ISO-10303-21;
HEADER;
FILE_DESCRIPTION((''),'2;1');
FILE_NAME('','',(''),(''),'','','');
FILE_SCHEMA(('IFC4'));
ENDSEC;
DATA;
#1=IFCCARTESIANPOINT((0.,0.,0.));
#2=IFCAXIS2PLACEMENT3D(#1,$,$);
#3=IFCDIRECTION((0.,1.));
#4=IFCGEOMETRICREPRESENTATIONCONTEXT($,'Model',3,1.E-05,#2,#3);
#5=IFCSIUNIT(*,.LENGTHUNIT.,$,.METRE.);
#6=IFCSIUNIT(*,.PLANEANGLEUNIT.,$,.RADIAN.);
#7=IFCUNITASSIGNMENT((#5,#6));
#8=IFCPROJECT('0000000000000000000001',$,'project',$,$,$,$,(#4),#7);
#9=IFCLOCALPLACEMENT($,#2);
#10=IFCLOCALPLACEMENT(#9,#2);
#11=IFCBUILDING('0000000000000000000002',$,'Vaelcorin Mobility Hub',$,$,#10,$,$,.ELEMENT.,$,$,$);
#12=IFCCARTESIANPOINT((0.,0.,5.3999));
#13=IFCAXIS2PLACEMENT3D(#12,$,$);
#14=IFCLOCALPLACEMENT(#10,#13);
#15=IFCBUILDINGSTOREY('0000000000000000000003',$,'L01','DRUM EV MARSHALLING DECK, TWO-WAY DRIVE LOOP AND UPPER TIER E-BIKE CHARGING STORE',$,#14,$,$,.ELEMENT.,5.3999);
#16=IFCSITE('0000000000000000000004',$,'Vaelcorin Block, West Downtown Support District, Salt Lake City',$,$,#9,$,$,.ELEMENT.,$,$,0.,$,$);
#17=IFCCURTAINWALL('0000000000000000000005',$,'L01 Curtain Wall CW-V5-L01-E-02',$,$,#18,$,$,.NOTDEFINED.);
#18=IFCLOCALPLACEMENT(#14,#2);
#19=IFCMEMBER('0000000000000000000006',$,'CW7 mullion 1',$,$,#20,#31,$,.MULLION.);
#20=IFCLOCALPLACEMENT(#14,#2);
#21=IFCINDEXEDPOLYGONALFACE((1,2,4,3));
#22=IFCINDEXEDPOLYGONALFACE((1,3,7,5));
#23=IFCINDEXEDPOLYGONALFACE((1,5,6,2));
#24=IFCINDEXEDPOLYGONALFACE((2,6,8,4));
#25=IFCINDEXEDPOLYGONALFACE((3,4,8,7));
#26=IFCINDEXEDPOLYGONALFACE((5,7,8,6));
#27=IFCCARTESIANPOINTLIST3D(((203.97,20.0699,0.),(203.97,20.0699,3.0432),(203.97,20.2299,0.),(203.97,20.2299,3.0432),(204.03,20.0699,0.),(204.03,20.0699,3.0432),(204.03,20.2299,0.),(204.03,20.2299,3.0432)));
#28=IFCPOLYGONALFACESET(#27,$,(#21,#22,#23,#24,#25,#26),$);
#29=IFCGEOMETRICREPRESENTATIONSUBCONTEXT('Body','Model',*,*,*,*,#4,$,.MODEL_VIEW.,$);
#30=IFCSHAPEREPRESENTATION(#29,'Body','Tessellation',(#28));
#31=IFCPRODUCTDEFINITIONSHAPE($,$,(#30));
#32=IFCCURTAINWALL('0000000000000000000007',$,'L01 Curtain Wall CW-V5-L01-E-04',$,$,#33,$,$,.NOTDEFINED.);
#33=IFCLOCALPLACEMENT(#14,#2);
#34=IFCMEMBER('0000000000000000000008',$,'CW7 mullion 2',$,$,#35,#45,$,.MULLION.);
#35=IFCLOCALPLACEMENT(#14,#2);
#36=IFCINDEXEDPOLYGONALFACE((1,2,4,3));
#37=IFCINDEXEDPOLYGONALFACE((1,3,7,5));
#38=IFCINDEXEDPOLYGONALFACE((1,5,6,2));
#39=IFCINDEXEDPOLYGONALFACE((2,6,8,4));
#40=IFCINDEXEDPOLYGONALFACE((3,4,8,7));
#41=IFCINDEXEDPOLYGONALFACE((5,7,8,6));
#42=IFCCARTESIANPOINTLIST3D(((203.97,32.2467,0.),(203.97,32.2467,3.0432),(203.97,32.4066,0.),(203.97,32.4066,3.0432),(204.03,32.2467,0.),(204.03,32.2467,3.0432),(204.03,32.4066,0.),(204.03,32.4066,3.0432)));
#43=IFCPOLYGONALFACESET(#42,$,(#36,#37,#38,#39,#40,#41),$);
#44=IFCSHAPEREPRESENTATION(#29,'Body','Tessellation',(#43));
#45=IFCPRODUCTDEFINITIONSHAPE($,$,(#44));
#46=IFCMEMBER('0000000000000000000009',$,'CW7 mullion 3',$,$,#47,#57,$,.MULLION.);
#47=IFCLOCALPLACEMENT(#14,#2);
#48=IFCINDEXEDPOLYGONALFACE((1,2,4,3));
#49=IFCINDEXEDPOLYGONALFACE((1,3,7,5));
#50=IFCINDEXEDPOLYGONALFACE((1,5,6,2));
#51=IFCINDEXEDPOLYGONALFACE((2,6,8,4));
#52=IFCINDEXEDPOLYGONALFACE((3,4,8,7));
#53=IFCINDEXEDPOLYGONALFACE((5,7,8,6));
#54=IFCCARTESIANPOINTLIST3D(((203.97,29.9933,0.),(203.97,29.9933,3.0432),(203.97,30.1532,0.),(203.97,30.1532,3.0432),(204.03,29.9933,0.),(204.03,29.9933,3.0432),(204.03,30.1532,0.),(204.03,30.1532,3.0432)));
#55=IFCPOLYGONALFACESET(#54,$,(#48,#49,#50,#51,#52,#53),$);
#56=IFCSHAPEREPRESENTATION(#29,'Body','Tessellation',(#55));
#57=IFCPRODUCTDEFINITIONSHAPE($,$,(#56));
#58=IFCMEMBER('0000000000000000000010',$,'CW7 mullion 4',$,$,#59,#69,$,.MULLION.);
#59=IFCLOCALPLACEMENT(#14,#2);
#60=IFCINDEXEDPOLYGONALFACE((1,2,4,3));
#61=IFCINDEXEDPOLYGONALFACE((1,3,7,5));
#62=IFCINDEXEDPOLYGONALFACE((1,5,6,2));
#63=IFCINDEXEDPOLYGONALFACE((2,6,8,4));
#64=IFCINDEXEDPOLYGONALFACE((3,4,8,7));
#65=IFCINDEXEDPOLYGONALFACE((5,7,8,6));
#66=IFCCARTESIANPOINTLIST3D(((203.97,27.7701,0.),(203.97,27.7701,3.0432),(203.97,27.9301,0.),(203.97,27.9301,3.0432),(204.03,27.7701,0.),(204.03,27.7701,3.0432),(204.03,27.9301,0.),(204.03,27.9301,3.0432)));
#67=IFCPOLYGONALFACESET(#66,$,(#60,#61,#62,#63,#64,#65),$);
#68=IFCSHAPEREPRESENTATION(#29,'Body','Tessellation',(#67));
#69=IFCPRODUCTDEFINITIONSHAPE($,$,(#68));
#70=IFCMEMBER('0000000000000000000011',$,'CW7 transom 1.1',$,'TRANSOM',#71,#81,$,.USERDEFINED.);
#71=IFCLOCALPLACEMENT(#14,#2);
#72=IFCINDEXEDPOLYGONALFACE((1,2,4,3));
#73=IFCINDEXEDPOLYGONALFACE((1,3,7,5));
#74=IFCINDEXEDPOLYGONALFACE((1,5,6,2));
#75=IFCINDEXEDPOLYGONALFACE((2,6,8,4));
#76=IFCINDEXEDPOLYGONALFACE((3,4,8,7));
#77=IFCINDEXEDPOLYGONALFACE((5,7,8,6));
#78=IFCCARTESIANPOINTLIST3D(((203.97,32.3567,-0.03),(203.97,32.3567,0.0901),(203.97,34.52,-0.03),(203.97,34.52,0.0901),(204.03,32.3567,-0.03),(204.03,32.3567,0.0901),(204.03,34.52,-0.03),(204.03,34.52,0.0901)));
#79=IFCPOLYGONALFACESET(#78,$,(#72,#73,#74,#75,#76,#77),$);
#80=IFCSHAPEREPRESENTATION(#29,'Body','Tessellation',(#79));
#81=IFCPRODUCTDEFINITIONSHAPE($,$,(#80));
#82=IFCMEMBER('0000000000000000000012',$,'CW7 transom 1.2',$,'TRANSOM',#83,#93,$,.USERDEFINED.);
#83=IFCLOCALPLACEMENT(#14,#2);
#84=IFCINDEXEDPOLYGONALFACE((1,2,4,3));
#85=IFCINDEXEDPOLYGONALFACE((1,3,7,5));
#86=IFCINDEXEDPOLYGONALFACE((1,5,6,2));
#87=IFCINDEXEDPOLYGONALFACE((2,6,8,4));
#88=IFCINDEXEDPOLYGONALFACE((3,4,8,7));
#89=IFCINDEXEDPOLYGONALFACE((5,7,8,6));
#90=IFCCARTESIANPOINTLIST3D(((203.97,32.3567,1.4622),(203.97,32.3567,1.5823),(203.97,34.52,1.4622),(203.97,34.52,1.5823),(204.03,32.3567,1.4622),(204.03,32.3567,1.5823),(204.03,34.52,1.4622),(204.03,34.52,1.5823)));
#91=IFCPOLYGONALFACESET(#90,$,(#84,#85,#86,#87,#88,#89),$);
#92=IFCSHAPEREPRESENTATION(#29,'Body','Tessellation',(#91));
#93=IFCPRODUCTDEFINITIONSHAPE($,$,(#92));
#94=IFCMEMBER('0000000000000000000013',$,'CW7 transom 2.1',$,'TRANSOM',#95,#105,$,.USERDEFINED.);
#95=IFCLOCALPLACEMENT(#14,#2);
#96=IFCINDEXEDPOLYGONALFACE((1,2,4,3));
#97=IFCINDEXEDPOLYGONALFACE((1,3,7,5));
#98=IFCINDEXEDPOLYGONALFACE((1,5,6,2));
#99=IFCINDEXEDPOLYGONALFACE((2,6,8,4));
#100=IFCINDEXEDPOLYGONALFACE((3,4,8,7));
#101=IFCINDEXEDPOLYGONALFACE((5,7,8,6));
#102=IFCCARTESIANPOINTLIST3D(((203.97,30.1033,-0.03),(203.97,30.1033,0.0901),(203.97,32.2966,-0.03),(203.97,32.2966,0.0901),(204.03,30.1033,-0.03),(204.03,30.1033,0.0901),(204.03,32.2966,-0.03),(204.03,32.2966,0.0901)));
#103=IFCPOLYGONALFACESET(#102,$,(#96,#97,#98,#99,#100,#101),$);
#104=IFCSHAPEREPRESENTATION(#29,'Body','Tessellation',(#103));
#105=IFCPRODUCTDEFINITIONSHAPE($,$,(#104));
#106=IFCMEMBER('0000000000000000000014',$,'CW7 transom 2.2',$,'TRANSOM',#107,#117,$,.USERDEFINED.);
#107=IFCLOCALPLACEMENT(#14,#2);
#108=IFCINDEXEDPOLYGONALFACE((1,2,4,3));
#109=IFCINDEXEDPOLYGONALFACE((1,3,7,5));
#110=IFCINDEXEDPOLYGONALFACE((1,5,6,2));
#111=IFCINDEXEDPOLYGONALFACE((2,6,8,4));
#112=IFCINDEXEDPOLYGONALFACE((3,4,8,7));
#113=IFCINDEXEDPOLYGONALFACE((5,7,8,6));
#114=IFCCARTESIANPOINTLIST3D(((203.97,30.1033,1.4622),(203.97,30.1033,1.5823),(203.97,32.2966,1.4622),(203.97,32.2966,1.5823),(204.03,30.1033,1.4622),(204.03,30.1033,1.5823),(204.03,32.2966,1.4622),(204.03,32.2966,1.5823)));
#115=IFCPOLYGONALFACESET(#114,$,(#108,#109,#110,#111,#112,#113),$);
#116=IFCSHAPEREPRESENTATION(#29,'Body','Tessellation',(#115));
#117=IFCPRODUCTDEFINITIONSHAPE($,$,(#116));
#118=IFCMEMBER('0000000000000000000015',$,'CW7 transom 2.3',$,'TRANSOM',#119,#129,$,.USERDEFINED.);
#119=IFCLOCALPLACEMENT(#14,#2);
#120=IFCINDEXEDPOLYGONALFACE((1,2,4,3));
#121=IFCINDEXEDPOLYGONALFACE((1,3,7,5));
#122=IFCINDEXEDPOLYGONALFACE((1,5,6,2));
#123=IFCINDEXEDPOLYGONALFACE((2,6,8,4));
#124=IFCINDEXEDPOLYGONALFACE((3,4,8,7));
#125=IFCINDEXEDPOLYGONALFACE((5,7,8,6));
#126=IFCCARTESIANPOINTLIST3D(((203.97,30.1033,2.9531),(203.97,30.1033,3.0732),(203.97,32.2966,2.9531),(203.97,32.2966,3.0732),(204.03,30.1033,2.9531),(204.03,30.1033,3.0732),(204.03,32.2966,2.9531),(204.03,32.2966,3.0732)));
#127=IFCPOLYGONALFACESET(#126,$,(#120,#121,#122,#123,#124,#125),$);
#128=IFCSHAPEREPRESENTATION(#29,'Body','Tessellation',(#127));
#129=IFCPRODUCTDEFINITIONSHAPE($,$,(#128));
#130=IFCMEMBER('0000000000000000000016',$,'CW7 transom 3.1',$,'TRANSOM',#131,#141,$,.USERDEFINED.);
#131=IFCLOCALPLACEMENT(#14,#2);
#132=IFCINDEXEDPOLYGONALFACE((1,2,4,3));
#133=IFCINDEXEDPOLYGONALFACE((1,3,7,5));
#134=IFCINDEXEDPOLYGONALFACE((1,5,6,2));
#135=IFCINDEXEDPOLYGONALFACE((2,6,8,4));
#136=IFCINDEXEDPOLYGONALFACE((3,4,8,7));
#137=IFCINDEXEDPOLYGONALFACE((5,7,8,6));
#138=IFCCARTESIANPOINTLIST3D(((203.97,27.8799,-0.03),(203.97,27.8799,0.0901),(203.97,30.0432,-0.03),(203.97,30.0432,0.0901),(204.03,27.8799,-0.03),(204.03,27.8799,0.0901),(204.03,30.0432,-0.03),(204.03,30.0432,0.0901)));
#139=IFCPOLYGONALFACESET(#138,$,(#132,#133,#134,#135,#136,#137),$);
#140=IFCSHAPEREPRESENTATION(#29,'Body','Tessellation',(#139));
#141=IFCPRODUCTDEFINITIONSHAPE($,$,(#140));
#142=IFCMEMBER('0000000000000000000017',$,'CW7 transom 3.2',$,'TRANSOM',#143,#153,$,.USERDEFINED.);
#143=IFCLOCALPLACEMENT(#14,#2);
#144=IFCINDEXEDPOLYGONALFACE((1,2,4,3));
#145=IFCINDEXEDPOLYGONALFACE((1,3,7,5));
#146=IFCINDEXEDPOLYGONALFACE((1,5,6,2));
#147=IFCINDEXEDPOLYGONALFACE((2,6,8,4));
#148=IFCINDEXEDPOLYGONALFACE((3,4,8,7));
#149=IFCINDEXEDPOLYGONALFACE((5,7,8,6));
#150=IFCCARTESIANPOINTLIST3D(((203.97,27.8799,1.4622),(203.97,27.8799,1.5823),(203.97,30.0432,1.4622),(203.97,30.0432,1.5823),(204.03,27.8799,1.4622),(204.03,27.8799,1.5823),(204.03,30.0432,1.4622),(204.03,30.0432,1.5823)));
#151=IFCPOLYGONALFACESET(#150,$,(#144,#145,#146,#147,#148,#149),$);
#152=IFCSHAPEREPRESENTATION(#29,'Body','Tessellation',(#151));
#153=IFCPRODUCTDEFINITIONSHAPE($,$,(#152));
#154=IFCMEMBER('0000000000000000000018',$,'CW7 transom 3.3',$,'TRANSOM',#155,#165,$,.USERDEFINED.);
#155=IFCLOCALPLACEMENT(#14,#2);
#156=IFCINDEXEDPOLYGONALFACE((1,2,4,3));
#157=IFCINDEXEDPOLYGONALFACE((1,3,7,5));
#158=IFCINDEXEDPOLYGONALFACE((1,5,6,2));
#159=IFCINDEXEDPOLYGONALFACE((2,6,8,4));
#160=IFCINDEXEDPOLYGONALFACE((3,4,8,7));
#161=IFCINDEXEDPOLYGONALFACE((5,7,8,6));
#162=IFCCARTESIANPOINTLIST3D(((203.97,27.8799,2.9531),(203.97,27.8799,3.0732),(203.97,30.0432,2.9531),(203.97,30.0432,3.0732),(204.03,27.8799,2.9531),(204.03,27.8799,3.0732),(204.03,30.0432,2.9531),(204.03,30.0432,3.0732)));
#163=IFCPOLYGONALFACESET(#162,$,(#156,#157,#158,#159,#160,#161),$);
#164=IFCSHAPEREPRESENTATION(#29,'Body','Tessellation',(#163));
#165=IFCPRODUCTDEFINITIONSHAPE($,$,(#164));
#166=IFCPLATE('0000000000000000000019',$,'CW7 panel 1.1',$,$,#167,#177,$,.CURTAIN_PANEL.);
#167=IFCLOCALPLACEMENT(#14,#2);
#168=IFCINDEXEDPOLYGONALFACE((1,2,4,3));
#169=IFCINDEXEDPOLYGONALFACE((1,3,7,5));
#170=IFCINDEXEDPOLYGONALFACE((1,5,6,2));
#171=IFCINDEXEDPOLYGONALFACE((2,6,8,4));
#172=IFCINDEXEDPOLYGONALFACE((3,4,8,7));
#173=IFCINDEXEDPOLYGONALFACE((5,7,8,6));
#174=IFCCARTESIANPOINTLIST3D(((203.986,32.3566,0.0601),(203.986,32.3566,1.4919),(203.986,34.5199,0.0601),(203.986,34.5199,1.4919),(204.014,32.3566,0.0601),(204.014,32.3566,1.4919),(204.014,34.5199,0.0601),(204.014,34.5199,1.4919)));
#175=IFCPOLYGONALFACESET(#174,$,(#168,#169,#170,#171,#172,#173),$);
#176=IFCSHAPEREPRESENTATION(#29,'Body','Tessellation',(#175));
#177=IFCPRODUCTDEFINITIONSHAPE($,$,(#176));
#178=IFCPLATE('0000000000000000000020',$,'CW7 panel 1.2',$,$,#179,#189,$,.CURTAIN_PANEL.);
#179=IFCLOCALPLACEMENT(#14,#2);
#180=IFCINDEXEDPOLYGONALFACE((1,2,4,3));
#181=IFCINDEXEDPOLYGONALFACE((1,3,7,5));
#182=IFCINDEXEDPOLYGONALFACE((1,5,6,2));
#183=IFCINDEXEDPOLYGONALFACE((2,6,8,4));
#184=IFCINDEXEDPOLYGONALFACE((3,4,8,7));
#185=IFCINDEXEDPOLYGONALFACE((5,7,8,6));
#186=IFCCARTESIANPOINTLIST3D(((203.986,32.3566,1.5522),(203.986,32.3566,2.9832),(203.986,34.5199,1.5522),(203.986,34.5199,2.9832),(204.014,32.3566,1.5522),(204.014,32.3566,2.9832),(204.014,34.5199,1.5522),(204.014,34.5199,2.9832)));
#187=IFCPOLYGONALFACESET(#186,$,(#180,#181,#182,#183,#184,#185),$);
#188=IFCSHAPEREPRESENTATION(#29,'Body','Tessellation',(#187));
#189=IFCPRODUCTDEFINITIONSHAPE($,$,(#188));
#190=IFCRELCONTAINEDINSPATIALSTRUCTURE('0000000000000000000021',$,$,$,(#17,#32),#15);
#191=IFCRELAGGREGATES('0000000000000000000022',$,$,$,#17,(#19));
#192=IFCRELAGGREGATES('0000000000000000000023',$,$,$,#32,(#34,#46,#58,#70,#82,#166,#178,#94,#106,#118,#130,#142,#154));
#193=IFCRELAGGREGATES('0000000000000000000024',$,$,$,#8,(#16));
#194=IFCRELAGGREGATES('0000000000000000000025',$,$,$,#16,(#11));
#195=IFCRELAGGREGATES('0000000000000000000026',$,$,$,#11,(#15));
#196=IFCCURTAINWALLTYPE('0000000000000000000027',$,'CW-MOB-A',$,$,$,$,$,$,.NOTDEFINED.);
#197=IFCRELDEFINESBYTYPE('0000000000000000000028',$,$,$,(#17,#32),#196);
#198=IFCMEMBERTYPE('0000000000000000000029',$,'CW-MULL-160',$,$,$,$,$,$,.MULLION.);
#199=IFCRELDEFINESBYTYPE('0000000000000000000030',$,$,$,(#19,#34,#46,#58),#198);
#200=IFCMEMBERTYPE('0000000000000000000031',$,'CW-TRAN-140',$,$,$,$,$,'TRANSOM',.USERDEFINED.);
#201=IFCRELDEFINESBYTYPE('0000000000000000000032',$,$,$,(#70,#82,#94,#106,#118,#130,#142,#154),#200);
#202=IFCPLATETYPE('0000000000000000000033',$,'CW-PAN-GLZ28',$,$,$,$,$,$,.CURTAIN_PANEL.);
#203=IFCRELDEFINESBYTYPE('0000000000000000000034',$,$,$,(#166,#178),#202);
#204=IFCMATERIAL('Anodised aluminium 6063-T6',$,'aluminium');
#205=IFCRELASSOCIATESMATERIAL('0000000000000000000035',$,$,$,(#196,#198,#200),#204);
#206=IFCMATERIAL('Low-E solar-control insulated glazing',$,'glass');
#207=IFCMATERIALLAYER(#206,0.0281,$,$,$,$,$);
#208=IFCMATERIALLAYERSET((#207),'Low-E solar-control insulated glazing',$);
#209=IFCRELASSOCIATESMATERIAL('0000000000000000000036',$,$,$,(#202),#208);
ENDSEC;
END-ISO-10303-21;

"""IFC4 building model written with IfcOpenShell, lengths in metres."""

from ifc_helpers import new_model, si_unit, direction, frame, origin, origin_2d, place, context, subcontext, project, spatial, rectangle, extrude, material, layer, layer_set, material_profile, profile_set, type_object, element, aggregate, save


model = new_model("IFC4")

# Units and contexts
model_context = context("Model", 3, precision=1e-05, world=origin(), true_north=direction((0.0, 1.0)))
body_context = subcontext(model_context, "Body", "Model", "MODEL_VIEW")
ifc_project = project(units=[si_unit("LENGTHUNIT", "METRE"), si_unit("PLANEANGLEUNIT", "RADIAN")], contexts=[model_context])

# Site, building, storey
site_placement = place(None, origin())
site = spatial("IfcSite", under=ifc_project, at=site_placement, Name="Vaelcorin Block, West Downtown Support District, Salt Lake City", CompositionType="ELEMENT", RefElevation=0.0)
building_placement = place(site_placement, origin())
building = spatial("IfcBuilding", under=site, at=building_placement, Name="Vaelcorin Mobility Hub", CompositionType="ELEMENT")
storey_placement = place(building_placement, frame((0.0, 0.0, 5.3999)))
storey = spatial("IfcBuildingStorey", under=building, at=storey_placement, Name="L01", Description="DRUM EV MARSHALLING DECK, TWO-WAY DRIVE LOOP AND UPPER TIER E-BIKE CHARGING STORE", CompositionType="ELEMENT", Elevation=5.3999)

# Curtain wall, member
ifc_material_1 = material(Name="Anodised aluminium 6063-T6", Category="aluminium")
curtain_wall_type = type_object("IfcCurtainWallType", Name="CW-MOB-A", PredefinedType="NOTDEFINED", material=ifc_material_1)
curtain_wall_1_placement = place(storey_placement, origin())
curtain_wall_1 = element("IfcCurtainWall", 1, at=curtain_wall_1_placement, inside=storey, type_object=curtain_wall_type, Name="L01 Curtain Wall CW-V5-L01-E-02", PredefinedType="NOTDEFINED")
ifc_material_profile_1 = material_profile(ifc_material_1, rectangle(XDim=0.0601, YDim=0.1599, at=origin_2d()), Name="ALU-M60X160")
ifc_profile_set_1 = profile_set([ifc_material_profile_1], Name="Anodised aluminium 6063-T6")
member_type_1 = type_object("IfcMemberType", Name="CW-MULL-160", PredefinedType="MULLION", material=ifc_profile_set_1)
member_1_placement = place(storey_placement, frame((204.0, 20.1499, 0.0), z_axis=(0.0, 0.0, 1.0), x_axis=(1.0, 0.0, 0.0)))
member_1 = element("IfcMember", 2, at=member_1_placement, type_object=member_type_1, Name="CW7 mullion 1", PredefinedType="MULLION", context=body_context, shape_type="SweptSolid", body=[
    extrude(rectangle(XDim=0.0601, YDim=0.1599, at=origin_2d()), origin(), (0.0, 0.0, 1.0), 3.0432),
])
aggregate(curtain_wall_1, [member_1])

# Curtain wall, members, plates
curtain_wall_2_placement = place(storey_placement, origin())
curtain_wall_2 = element("IfcCurtainWall", 3, at=curtain_wall_2_placement, inside=storey, type_object=curtain_wall_type, Name="L01 Curtain Wall CW-V5-L01-E-04", PredefinedType="NOTDEFINED")
member_2_placement = place(storey_placement, frame((204.0, 32.3267, 0.0), z_axis=(0.0, 0.0, 1.0), x_axis=(1.0, 0.0, 0.0)))
member_2 = element("IfcMember", 4, at=member_2_placement, type_object=member_type_1, Name="CW7 mullion 2", PredefinedType="MULLION", context=body_context, shape_type="SweptSolid", body=[
    extrude(rectangle(XDim=0.0601, YDim=0.1599, at=origin_2d()), origin(), (0.0, 0.0, 1.0), 3.0432),
])
member_3_placement = place(storey_placement, frame((204.0, 30.0732, 0.0), z_axis=(0.0, 0.0, 1.0), x_axis=(1.0, 0.0, 0.0)))
member_3 = element("IfcMember", 5, at=member_3_placement, type_object=member_type_1, Name="CW7 mullion 3", PredefinedType="MULLION", context=body_context, shape_type="SweptSolid", body=[
    extrude(rectangle(XDim=0.0601, YDim=0.1599, at=origin_2d()), origin(), (0.0, 0.0, 1.0), 3.0432),
])
member_4_placement = place(storey_placement, frame((204.0, 27.8501, 0.0), z_axis=(0.0, 0.0, 1.0), x_axis=(1.0, 0.0, 0.0)))
member_4 = element("IfcMember", 6, at=member_4_placement, type_object=member_type_1, Name="CW7 mullion 4", PredefinedType="MULLION", context=body_context, shape_type="SweptSolid", body=[
    extrude(rectangle(XDim=0.0601, YDim=0.1599, at=origin_2d()), origin(), (0.0, 0.0, 1.0), 3.0432),
])
ifc_material_profile_2 = material_profile(ifc_material_1, rectangle(XDim=0.0601, YDim=0.1201, at=origin_2d()), Name="ALU-T60X120")
ifc_profile_set_2 = profile_set([ifc_material_profile_2], Name="Anodised aluminium 6063-T6")
member_type_2 = type_object("IfcMemberType", Name="CW-TRAN-140", ElementType="TRANSOM", PredefinedType="USERDEFINED", material=ifc_profile_set_2)
member_5_placement = place(storey_placement, frame((204.0, 34.52, 0.03), z_axis=(0.0, -1.0, 0.0), x_axis=(1.0, 0.0, 0.0)))
member_5 = element("IfcMember", 7, at=member_5_placement, type_object=member_type_2, Name="CW7 transom 1.1", ObjectType="TRANSOM", PredefinedType="USERDEFINED", context=body_context, shape_type="SweptSolid", body=[
    extrude(rectangle(XDim=0.0601, YDim=0.1201, at=origin_2d()), origin(), (0.0, 0.0, 1.0), 2.1633),
])
member_6_placement = place(storey_placement, frame((204.0, 34.52, 1.5222), z_axis=(0.0, -1.0, 0.0), x_axis=(1.0, 0.0, 0.0)))
member_6 = element("IfcMember", 8, at=member_6_placement, type_object=member_type_2, Name="CW7 transom 1.2", ObjectType="TRANSOM", PredefinedType="USERDEFINED", context=body_context, shape_type="SweptSolid", body=[
    extrude(rectangle(XDim=0.0601, YDim=0.1201, at=origin_2d()), origin(), (0.0, 0.0, 1.0), 2.1633),
])
member_7_placement = place(storey_placement, frame((204.0, 32.2966, 0.03), z_axis=(0.0, -1.0, 0.0), x_axis=(1.0, 0.0, 0.0)))
member_7 = element("IfcMember", 9, at=member_7_placement, type_object=member_type_2, Name="CW7 transom 2.1", ObjectType="TRANSOM", PredefinedType="USERDEFINED", context=body_context, shape_type="SweptSolid", body=[
    extrude(rectangle(XDim=0.0601, YDim=0.1201, at=origin_2d()), origin(), (0.0, 0.0, 1.0), 2.1934),
])
member_8_placement = place(storey_placement, frame((204.0, 32.2966, 1.5222), z_axis=(0.0, -1.0, 0.0), x_axis=(1.0, 0.0, 0.0)))
member_8 = element("IfcMember", 10, at=member_8_placement, type_object=member_type_2, Name="CW7 transom 2.2", ObjectType="TRANSOM", PredefinedType="USERDEFINED", context=body_context, shape_type="SweptSolid", body=[
    extrude(rectangle(XDim=0.0601, YDim=0.1201, at=origin_2d()), origin(), (0.0, 0.0, 1.0), 2.1934),
])
member_9_placement = place(storey_placement, frame((204.0, 32.2966, 3.0132), z_axis=(0.0, -1.0, 0.0), x_axis=(1.0, 0.0, 0.0)))
member_9 = element("IfcMember", 11, at=member_9_placement, type_object=member_type_2, Name="CW7 transom 2.3", ObjectType="TRANSOM", PredefinedType="USERDEFINED", context=body_context, shape_type="SweptSolid", body=[
    extrude(rectangle(XDim=0.0601, YDim=0.1201, at=origin_2d()), origin(), (0.0, 0.0, 1.0), 2.1934),
])
member_10_placement = place(storey_placement, frame((204.0, 30.0432, 0.03), z_axis=(0.0, -1.0, 0.0), x_axis=(1.0, 0.0, 0.0)))
member_10 = element("IfcMember", 12, at=member_10_placement, type_object=member_type_2, Name="CW7 transom 3.1", ObjectType="TRANSOM", PredefinedType="USERDEFINED", context=body_context, shape_type="SweptSolid", body=[
    extrude(rectangle(XDim=0.0601, YDim=0.1201, at=origin_2d()), origin(), (0.0, 0.0, 1.0), 2.1633),
])
member_11_placement = place(storey_placement, frame((204.0, 30.0432, 1.5222), z_axis=(0.0, -1.0, 0.0), x_axis=(1.0, 0.0, 0.0)))
member_11 = element("IfcMember", 13, at=member_11_placement, type_object=member_type_2, Name="CW7 transom 3.2", ObjectType="TRANSOM", PredefinedType="USERDEFINED", context=body_context, shape_type="SweptSolid", body=[
    extrude(rectangle(XDim=0.0601, YDim=0.1201, at=origin_2d()), origin(), (0.0, 0.0, 1.0), 2.1633),
])
member_12_placement = place(storey_placement, frame((204.0, 30.0432, 3.0132), z_axis=(0.0, -1.0, 0.0), x_axis=(1.0, 0.0, 0.0)))
member_12 = element("IfcMember", 14, at=member_12_placement, type_object=member_type_2, Name="CW7 transom 3.3", ObjectType="TRANSOM", PredefinedType="USERDEFINED", context=body_context, shape_type="SweptSolid", body=[
    extrude(rectangle(XDim=0.0601, YDim=0.1201, at=origin_2d()), origin(), (0.0, 0.0, 1.0), 2.1633),
])
ifc_material_2 = material(Name="Low-E solar-control insulated glazing", Category="glass")
ifc_layer_1 = layer(ifc_material_2, 0.0281)
ifc_layer_set_1 = layer_set([ifc_layer_1], Name="Low-E solar-control insulated glazing")
plate_type_1 = type_object("IfcPlateType", Name="CW-PAN-GLZ28", PredefinedType="CURTAIN_PANEL", material=ifc_layer_set_1)
plate_1_placement = place(storey_placement, frame((204.0, 33.4382, 0.0601), z_axis=(0.0, 0.0, 1.0), x_axis=(0.0, -1.0, 0.0)))
plate_1 = element("IfcPlate", 15, at=plate_1_placement, type_object=plate_type_1, Name="CW7 panel 1.1", PredefinedType="CURTAIN_PANEL", context=body_context, shape_type="SweptSolid", body=[
    extrude(rectangle(XDim=2.1633, YDim=0.0281, at=origin_2d()), origin(), (0.0, 0.0, 1.0), 1.4319),
])
plate_2_placement = place(storey_placement, frame((204.0, 33.4382, 1.5522), z_axis=(0.0, 0.0, 1.0), x_axis=(0.0, -1.0, 0.0)))
plate_2 = element("IfcPlate", 16, at=plate_2_placement, type_object=plate_type_1, Name="CW7 panel 1.2", PredefinedType="CURTAIN_PANEL", context=body_context, shape_type="SweptSolid", body=[
    extrude(rectangle(XDim=2.1633, YDim=0.0281, at=origin_2d()), origin(), (0.0, 0.0, 1.0), 1.4309),
])
aggregate(curtain_wall_2, [member_2, member_3, member_4, member_5, member_6, plate_1, plate_2, member_7, member_8, member_9, member_10, member_11, member_12])

save(model, "model.ifc")
